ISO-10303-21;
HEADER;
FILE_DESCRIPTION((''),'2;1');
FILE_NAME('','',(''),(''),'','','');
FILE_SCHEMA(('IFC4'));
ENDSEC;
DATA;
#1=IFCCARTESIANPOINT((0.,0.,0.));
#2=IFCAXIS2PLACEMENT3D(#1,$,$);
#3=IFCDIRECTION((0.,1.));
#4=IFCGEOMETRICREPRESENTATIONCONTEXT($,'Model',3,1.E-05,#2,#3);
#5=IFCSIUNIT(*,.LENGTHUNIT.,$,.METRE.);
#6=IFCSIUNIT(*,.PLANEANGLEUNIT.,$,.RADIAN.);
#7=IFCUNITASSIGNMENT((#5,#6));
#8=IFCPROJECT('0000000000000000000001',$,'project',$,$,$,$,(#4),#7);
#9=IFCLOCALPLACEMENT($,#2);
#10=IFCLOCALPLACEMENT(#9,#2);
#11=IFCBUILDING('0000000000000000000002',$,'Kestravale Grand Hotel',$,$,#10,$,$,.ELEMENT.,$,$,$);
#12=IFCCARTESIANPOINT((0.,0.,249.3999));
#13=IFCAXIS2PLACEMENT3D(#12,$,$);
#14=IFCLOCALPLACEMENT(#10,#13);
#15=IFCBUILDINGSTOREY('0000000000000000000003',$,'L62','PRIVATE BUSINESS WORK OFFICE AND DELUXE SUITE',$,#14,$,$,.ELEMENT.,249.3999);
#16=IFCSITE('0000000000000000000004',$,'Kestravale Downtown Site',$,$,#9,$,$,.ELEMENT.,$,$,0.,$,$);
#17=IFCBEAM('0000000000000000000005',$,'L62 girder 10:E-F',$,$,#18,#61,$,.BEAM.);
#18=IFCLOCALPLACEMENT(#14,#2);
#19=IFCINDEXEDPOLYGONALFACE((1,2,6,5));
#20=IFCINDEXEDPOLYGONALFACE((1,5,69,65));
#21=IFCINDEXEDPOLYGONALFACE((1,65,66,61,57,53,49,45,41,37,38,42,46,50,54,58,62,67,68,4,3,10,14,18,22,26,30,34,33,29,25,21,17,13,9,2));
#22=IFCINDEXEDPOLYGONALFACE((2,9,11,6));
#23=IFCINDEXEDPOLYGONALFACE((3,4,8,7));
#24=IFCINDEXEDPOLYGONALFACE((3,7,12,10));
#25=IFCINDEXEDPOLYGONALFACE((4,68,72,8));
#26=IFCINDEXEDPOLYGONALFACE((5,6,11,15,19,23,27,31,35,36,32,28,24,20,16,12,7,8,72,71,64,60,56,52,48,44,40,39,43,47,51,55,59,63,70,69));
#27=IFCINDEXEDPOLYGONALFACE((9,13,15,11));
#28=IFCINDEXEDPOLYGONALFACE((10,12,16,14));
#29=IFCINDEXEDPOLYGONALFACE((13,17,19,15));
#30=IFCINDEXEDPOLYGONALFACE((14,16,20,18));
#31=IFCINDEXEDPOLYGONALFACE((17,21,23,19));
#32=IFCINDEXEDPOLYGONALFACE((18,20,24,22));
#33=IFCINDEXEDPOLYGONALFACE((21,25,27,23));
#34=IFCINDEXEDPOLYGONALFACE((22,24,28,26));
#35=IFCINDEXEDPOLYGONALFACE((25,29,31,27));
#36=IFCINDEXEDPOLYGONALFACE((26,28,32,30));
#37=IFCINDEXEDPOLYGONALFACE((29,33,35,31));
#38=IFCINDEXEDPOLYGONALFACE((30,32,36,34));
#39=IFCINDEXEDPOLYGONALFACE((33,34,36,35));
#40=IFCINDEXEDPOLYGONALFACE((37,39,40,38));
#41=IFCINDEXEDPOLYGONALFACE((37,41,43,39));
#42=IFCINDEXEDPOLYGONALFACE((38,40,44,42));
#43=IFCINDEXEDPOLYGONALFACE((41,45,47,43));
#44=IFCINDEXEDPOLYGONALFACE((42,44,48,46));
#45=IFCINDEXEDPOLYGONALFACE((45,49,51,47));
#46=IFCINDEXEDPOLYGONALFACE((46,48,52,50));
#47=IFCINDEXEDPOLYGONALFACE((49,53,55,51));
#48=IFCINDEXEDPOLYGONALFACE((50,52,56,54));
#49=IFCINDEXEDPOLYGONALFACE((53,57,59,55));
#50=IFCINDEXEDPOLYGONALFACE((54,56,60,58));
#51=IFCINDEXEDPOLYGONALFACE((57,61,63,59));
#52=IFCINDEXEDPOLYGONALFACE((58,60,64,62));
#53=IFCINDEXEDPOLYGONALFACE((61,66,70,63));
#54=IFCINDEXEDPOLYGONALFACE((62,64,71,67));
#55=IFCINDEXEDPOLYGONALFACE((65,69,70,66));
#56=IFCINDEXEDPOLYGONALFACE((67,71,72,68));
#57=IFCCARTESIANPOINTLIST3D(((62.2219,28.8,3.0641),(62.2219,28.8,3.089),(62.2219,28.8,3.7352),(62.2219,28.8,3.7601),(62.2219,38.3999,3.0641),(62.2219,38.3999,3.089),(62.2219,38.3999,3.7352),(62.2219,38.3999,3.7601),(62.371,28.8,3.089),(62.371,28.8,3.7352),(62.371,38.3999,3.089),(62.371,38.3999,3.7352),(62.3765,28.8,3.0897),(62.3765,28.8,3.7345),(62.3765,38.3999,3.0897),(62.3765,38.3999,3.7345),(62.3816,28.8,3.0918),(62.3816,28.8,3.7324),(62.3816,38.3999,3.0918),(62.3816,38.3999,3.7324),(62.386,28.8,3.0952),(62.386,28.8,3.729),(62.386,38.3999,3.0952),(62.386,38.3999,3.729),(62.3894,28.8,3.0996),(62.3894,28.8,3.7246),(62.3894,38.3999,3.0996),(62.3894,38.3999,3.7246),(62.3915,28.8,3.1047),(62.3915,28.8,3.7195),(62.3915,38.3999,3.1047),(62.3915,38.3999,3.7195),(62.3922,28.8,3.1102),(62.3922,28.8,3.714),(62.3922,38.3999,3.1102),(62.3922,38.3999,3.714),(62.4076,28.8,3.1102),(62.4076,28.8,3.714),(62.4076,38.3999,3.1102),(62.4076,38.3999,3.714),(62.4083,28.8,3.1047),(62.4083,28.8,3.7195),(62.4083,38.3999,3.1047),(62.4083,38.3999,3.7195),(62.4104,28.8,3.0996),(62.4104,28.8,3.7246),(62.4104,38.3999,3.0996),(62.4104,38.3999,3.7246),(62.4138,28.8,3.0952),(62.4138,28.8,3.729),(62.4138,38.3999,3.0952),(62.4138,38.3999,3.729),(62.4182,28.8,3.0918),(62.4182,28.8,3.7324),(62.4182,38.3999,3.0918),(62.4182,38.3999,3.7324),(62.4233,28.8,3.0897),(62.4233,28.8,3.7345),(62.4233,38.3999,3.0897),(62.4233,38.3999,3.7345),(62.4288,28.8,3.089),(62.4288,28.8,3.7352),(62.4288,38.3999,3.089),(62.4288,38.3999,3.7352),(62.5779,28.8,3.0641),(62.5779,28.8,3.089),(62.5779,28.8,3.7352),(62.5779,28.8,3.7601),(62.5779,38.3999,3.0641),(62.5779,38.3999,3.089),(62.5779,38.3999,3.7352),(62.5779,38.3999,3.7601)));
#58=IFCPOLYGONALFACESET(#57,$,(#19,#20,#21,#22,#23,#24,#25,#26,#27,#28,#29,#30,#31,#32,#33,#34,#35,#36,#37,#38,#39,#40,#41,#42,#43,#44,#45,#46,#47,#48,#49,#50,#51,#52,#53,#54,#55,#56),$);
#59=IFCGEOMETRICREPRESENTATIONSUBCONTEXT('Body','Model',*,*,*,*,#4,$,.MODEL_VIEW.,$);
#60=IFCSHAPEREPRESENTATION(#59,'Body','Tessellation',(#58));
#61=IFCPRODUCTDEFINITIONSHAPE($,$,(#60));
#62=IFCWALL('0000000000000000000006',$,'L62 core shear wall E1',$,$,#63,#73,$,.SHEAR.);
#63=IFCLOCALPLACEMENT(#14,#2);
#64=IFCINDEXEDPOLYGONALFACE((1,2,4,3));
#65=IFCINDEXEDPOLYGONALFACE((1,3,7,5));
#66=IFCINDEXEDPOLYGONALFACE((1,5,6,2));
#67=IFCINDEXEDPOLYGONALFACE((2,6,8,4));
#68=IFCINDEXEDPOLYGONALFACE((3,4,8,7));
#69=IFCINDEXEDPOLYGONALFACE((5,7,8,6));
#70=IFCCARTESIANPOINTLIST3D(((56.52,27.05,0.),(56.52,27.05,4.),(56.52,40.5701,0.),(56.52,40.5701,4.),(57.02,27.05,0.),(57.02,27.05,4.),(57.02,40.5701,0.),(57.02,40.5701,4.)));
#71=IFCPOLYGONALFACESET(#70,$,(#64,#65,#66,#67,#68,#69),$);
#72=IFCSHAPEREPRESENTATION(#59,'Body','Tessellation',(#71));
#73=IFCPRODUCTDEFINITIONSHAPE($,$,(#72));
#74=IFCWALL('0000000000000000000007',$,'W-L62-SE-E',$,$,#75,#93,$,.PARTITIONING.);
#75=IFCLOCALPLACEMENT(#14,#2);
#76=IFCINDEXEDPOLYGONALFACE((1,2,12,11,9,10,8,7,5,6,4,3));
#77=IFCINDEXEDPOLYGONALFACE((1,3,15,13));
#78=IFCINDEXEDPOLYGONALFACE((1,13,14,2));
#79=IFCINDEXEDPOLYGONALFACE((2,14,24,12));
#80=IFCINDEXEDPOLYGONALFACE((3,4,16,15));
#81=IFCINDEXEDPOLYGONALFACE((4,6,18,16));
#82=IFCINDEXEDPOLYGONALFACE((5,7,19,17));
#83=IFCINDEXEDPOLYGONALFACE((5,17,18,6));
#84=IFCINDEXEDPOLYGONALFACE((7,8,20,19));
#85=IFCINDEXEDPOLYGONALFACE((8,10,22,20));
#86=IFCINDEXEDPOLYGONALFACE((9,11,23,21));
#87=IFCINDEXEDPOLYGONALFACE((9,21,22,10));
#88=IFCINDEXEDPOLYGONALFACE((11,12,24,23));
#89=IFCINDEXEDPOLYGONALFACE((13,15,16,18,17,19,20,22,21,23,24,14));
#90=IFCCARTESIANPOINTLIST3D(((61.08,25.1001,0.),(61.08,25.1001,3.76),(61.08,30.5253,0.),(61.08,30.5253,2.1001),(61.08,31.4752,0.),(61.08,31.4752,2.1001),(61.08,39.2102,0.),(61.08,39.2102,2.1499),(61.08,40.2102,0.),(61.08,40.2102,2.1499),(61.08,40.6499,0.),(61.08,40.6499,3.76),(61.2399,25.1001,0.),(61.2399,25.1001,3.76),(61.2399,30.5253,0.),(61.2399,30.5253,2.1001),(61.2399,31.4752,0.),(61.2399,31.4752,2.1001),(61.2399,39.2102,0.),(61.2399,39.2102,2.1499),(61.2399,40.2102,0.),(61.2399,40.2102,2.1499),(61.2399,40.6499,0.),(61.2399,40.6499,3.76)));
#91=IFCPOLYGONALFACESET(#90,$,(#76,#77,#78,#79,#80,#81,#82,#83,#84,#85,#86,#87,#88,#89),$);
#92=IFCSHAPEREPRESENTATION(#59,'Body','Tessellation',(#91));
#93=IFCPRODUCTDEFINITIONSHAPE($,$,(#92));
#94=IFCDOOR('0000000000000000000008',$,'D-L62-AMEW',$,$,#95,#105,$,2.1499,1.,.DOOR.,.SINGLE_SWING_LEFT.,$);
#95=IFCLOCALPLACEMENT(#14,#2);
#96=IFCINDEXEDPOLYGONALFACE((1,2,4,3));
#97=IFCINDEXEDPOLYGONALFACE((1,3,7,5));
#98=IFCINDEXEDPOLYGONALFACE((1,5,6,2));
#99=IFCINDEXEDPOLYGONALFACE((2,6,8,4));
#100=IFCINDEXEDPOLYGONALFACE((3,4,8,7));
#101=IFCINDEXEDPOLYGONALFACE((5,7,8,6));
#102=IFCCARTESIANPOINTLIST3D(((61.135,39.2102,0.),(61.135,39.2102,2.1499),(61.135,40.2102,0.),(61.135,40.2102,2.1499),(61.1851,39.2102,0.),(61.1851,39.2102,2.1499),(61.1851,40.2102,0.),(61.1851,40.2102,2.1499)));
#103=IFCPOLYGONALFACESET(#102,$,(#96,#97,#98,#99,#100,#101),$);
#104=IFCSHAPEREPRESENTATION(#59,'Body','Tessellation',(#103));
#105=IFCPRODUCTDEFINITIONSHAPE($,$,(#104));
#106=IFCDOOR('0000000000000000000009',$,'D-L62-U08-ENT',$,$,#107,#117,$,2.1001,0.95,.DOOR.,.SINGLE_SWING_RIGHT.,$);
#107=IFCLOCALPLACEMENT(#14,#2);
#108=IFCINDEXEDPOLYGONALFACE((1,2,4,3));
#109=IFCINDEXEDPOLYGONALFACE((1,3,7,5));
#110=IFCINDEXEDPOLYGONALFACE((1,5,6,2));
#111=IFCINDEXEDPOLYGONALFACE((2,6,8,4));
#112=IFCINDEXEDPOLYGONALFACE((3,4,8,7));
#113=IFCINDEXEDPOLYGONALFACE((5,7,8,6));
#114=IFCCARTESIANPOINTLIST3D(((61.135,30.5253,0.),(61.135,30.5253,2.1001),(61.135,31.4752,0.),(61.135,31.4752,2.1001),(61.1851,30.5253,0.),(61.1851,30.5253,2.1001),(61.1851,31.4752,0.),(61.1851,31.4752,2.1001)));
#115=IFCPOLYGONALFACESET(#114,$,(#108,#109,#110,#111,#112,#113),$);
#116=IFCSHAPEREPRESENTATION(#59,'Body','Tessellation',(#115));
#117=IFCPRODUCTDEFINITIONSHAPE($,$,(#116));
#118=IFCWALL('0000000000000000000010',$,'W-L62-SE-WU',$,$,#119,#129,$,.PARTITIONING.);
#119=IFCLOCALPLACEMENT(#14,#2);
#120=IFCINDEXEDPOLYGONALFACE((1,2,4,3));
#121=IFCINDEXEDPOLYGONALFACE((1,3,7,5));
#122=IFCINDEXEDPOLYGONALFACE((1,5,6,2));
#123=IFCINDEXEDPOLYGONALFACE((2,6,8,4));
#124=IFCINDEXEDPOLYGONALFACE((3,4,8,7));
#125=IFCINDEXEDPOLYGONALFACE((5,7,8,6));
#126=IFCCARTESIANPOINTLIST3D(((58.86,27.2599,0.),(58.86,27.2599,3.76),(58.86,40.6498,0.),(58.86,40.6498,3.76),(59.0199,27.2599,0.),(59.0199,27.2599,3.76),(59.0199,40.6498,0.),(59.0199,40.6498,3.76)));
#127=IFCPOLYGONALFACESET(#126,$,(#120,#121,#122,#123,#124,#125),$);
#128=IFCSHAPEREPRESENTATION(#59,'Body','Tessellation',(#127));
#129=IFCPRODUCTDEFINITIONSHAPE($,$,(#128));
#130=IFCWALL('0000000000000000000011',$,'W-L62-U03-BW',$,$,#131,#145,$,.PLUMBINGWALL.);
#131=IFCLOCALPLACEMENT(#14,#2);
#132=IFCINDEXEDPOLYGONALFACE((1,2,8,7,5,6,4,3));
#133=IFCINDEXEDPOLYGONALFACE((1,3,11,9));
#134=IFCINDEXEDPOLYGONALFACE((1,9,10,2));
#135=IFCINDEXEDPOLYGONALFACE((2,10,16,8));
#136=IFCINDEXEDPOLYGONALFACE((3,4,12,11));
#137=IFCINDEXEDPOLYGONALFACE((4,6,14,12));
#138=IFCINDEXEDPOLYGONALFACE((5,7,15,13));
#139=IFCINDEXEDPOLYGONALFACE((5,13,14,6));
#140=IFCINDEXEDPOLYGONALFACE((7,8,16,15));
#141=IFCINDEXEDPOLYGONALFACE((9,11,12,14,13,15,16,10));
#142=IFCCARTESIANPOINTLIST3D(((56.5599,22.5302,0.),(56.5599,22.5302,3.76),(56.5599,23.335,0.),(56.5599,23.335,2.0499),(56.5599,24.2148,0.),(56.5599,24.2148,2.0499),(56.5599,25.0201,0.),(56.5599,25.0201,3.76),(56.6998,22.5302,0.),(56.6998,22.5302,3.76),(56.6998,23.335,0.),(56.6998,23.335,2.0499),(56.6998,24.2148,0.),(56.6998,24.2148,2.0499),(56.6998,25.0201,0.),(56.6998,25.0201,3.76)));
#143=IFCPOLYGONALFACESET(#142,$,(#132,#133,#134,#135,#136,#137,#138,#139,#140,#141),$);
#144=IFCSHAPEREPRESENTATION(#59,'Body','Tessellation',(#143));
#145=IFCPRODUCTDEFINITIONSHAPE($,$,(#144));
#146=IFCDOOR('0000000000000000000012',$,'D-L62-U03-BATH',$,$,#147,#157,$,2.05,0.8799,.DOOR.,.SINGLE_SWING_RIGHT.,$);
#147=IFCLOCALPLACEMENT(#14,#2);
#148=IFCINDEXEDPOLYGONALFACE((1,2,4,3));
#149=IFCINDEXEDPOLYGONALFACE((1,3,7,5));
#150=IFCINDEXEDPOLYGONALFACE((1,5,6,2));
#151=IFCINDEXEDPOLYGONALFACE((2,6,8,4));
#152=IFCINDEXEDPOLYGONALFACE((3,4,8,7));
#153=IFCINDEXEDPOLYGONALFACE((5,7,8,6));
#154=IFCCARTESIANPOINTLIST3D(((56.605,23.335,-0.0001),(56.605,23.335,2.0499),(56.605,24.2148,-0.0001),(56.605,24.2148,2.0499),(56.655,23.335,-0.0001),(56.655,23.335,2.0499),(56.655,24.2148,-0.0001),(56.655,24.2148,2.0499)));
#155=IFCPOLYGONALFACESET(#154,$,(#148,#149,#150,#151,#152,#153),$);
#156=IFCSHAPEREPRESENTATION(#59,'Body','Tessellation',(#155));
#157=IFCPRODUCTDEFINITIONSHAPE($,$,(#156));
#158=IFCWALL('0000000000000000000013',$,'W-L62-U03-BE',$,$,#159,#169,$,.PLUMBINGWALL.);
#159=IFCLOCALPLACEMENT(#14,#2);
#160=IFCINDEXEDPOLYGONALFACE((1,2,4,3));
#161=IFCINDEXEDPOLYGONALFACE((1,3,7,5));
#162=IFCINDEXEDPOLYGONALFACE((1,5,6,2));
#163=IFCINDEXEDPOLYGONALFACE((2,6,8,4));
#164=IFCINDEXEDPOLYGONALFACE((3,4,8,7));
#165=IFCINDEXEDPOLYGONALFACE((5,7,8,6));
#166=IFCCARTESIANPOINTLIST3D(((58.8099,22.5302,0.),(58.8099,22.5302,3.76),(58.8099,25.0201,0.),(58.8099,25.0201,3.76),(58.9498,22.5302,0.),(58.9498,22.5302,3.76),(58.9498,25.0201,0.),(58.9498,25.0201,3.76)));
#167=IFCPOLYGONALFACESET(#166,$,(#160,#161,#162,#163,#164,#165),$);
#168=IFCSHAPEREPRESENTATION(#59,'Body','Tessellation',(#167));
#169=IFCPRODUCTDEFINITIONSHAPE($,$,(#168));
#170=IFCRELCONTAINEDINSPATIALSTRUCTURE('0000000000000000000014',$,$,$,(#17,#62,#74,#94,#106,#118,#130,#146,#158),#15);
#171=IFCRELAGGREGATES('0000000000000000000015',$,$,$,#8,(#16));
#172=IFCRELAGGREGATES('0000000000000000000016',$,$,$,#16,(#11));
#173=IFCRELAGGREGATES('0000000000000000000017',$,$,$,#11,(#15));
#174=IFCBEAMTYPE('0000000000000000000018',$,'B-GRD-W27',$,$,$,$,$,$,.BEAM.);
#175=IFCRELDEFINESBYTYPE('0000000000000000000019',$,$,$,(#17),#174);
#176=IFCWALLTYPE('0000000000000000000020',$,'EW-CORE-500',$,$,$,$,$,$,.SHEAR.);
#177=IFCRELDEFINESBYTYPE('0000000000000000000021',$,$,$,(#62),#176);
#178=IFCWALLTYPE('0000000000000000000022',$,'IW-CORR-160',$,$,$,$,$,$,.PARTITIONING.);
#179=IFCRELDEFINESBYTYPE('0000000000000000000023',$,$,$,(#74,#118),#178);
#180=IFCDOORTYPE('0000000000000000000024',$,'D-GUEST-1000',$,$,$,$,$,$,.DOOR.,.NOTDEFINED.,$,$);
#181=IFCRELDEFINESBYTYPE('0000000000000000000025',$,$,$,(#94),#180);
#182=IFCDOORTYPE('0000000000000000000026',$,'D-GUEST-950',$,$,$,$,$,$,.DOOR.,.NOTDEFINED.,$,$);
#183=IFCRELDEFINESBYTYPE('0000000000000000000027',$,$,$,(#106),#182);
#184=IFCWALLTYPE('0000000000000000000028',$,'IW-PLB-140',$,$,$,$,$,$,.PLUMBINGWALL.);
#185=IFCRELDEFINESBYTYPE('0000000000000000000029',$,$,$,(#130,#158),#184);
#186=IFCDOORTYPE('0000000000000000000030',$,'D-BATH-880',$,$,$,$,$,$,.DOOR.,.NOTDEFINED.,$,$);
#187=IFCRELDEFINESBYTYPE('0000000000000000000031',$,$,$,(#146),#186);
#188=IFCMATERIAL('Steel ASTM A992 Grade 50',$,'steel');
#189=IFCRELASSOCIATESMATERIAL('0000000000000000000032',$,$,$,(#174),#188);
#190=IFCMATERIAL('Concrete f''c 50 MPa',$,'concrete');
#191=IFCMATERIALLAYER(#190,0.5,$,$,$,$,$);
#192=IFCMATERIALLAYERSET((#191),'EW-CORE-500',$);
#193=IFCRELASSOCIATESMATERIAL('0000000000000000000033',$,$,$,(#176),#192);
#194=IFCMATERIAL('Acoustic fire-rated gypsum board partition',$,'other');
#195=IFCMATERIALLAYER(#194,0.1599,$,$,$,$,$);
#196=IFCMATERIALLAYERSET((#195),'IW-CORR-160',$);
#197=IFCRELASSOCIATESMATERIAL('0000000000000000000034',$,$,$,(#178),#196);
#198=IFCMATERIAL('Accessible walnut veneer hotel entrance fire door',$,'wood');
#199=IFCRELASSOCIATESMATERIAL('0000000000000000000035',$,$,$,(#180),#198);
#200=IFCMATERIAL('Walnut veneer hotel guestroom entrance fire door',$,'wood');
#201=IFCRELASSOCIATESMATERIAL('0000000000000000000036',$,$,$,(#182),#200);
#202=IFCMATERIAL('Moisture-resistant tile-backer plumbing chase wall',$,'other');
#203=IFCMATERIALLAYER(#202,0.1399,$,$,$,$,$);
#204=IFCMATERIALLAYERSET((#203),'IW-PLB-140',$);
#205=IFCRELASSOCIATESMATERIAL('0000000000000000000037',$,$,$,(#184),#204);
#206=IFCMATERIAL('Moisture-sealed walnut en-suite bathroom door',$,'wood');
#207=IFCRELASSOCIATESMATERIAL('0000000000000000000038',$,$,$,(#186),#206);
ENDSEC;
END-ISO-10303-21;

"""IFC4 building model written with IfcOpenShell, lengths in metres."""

from ifc_helpers import new_model, si_unit, direction, frame, frame_2d, origin, origin_2d, place, context, subcontext, project, spatial, rectangle, i_section, extrude, material, layer, layer_set, material_profile, profile_set, type_object, element, fill, save


model = new_model("IFC4")

# Units and contexts
model_context = context("Model", 3, precision=1e-05, world=origin(), true_north=direction((0.0, 1.0)))
body_context = subcontext(model_context, "Body", "Model", "MODEL_VIEW")
ifc_project = project(units=[si_unit("LENGTHUNIT", "METRE"), si_unit("PLANEANGLEUNIT", "RADIAN")], contexts=[model_context])

# Site, building, storey
site_placement = place(None, origin())
site = spatial("IfcSite", under=ifc_project, at=site_placement, Name="Kestravale Downtown Site", CompositionType="ELEMENT", RefElevation=0.0)
building_placement = place(site_placement, origin())
building = spatial("IfcBuilding", under=site, at=building_placement, Name="Kestravale Grand Hotel", CompositionType="ELEMENT")
storey_placement = place(building_placement, frame((0.0, 0.0, 249.3999)))
storey = spatial("IfcBuildingStorey", under=building, at=storey_placement, Name="L62", Description="PRIVATE BUSINESS WORK OFFICE AND DELUXE SUITE", CompositionType="ELEMENT", Elevation=249.3999)

# Beam
ifc_material_1 = material(Name="Steel ASTM A992 Grade 50", Category="steel")
ifc_material_profile_1 = material_profile(ifc_material_1, i_section(OverallWidth=0.356, OverallDepth=0.696, WebThickness=0.0154, FlangeThickness=0.0249, FilletRadius=0.0212, at=origin_2d()))
ifc_profile_set_1 = profile_set([ifc_material_profile_1], Name="Steel ASTM A992 Grade 50")
beam_type = type_object("IfcBeamType", Name="B-GRD-W27", PredefinedType="BEAM", material=ifc_profile_set_1)
beam_1_placement = place(storey_placement, frame((62.3999, 28.8, 3.4121), z_axis=(0.0, 1.0, 0.0), x_axis=(-1.0, 0.0, 0.0)))
element("IfcBeam", 1, at=beam_1_placement, inside=storey, type_object=beam_type, Name="L62 girder 10:E-F", PredefinedType="BEAM", context=body_context, shape_type="SweptSolid", body=[
    extrude(i_section(OverallWidth=0.356, OverallDepth=0.696, WebThickness=0.0154, FlangeThickness=0.0249, FilletRadius=0.0212, at=origin_2d()), origin(), (0.0, 0.0, 1.0), 9.5999),
])

# Wall
ifc_material_2 = material(Name="Concrete f'c 50 MPa", Category="concrete")
ifc_layer_1 = layer(ifc_material_2, 0.5)
ifc_layer_set_1 = layer_set([ifc_layer_1], Name="EW-CORE-500")
wall_type_1 = type_object("IfcWallType", Name="EW-CORE-500", PredefinedType="SHEAR", material=ifc_layer_set_1)
wall_1_placement = place(storey_placement, frame((56.77, 27.05, 0.0), z_axis=(0.0, 0.0, 1.0), x_axis=(0.0, 1.0, 0.0)))
element("IfcWall", 2, at=wall_1_placement, inside=storey, type_object=wall_type_1, Name="L62 core shear wall E1", PredefinedType="SHEAR", context=body_context, shape_type="SweptSolid", body=[
    extrude(rectangle(XDim=13.52, YDim=0.5, at=frame_2d((6.76, 0.0))), origin(), (0.0, 0.0, 1.0), 4.0),
])

# Wall, openings, doors
ifc_material_3 = material(Name="Acoustic fire-rated gypsum board partition", Category="other")
ifc_layer_2 = layer(ifc_material_3, 0.1599)
ifc_layer_set_2 = layer_set([ifc_layer_2], Name="IW-CORR-160")
wall_type_2 = type_object("IfcWallType", Name="IW-CORR-160", PredefinedType="PARTITIONING", material=ifc_layer_set_2)
wall_2_placement = place(storey_placement, frame((61.1599, 25.1001, 0.0), z_axis=(0.0, 0.0, 1.0), x_axis=(0.0, 1.0, 0.0)))
wall_2 = element("IfcWall", 3, at=wall_2_placement, inside=storey, type_object=wall_type_2, Name="W-L62-SE-E", PredefinedType="PARTITIONING", context=body_context, shape_type="SweptSolid", body=[
    extrude(rectangle(XDim=15.5498, YDim=0.1599, at=frame_2d((7.7749, 0.0))), origin(), (0.0, 0.0, 1.0), 3.76),
])
opening_1_placement = place(wall_2_placement, frame((5.425, 0.0, 0.0)))
opening_1 = element("IfcOpeningElement", 4, at=opening_1_placement, cuts=wall_2, PredefinedType="OPENING", context=body_context, shape_type="SweptSolid", body=[
    extrude(rectangle(XDim=0.95, YDim=2.1001, at=frame_2d((0.4751, 1.05))), frame((0.0, 0.0898, 0.0), z_axis=(0.0, -1.0, 0.0), x_axis=(1.0, 0.0, 0.0)), (0.0, 0.0, 1.0), 0.1799),
])
opening_2_placement = place(wall_2_placement, frame((14.1101, 0.0, 0.0)))
opening_2 = element("IfcOpeningElement", 5, at=opening_2_placement, cuts=wall_2, PredefinedType="OPENING", context=body_context, shape_type="SweptSolid", body=[
    extrude(rectangle(XDim=1.0, YDim=2.1499, at=frame_2d((0.5, 1.075))), frame((0.0, 0.0898, 0.0), z_axis=(0.0, -1.0, 0.0), x_axis=(1.0, 0.0, 0.0)), (0.0, 0.0, 1.0), 0.1799),
])
ifc_material_4 = material(Name="Accessible walnut veneer hotel entrance fire door", Category="wood")
door_type_1 = type_object("IfcDoorType", Name="D-GUEST-1000", OperationType="NOTDEFINED", PredefinedType="DOOR", material=ifc_material_4)
door_1_placement = place(opening_2_placement, origin())
door_1 = element("IfcDoor", 6, at=door_1_placement, inside=storey, type_object=door_type_1, Name="D-L62-AMEW", OperationType="SINGLE_SWING_LEFT", OverallHeight=2.1499, OverallWidth=1.0, PredefinedType="DOOR", context=body_context, shape_type="SweptSolid", body=[
    extrude(rectangle(XDim=1.0, YDim=2.1499, at=frame_2d((0.5, 1.075))), frame((0.0, 0.0249, 0.0), z_axis=(0.0, -1.0, 0.0), x_axis=(1.0, 0.0, 0.0)), (0.0, 0.0, 1.0), 0.05),
])
fill(opening_2, door_1)
ifc_material_5 = material(Name="Walnut veneer hotel guestroom entrance fire door", Category="wood")
door_type_2 = type_object("IfcDoorType", Name="D-GUEST-950", OperationType="NOTDEFINED", PredefinedType="DOOR", material=ifc_material_5)
door_2_placement = place(opening_1_placement, origin())
door_2 = element("IfcDoor", 7, at=door_2_placement, inside=storey, type_object=door_type_2, Name="D-L62-U08-ENT", OperationType="SINGLE_SWING_RIGHT", OverallHeight=2.1001, OverallWidth=0.95, PredefinedType="DOOR", context=body_context, shape_type="SweptSolid", body=[
    extrude(rectangle(XDim=0.95, YDim=2.1001, at=frame_2d((0.4751, 1.05))), frame((0.0, 0.0249, 0.0), z_axis=(0.0, -1.0, 0.0), x_axis=(1.0, 0.0, 0.0)), (0.0, 0.0, 1.0), 0.05),
])
fill(opening_1, door_2)

# Wall
wall_3_placement = place(storey_placement, frame((58.9399, 27.26, 0.0), z_axis=(0.0, 0.0, 1.0), x_axis=(0.0, 1.0, 0.0)))
element("IfcWall", 8, at=wall_3_placement, inside=storey, type_object=wall_type_2, Name="W-L62-SE-WU", PredefinedType="PARTITIONING", context=body_context, shape_type="SweptSolid", body=[
    extrude(rectangle(XDim=13.3899, YDim=0.1599, at=frame_2d((6.6948, 0.0))), origin(), (0.0, 0.0, 1.0), 3.76),
])

# Wall, opening, door
ifc_material_6 = material(Name="Moisture-resistant tile-backer plumbing chase wall", Category="other")
ifc_layer_3 = layer(ifc_material_6, 0.1399)
ifc_layer_set_3 = layer_set([ifc_layer_3], Name="IW-PLB-140")
wall_type_3 = type_object("IfcWallType", Name="IW-PLB-140", PredefinedType="PLUMBINGWALL", material=ifc_layer_set_3)
wall_4_placement = place(storey_placement, frame((56.6299, 22.53, 0.0), z_axis=(0.0, 0.0, 1.0), x_axis=(0.0, 1.0, 0.0)))
wall_4 = element("IfcWall", 9, at=wall_4_placement, inside=storey, type_object=wall_type_3, Name="W-L62-U03-BW", PredefinedType="PLUMBINGWALL", context=body_context, shape_type="SweptSolid", body=[
    extrude(rectangle(XDim=2.49, YDim=0.1399, at=frame_2d((1.2451, 0.0))), origin(), (0.0, 0.0, 1.0), 3.76),
])
opening_3_placement = place(wall_4_placement, frame((0.8049, 0.0, 0.0)))
opening_3 = element("IfcOpeningElement", 10, at=opening_3_placement, cuts=wall_4, PredefinedType="OPENING", context=body_context, shape_type="SweptSolid", body=[
    extrude(rectangle(XDim=0.8799, YDim=2.05, at=frame_2d((0.4399, 1.0249))), frame((0.0, 0.0798, 0.0), z_axis=(0.0, -1.0, 0.0), x_axis=(1.0, 0.0, 0.0)), (0.0, 0.0, 1.0), 0.1599),
])
ifc_material_7 = material(Name="Moisture-sealed walnut en-suite bathroom door", Category="wood")
door_type_3 = type_object("IfcDoorType", Name="D-BATH-880", OperationType="NOTDEFINED", PredefinedType="DOOR", material=ifc_material_7)
door_3_placement = place(opening_3_placement, origin())
door_3 = element("IfcDoor", 11, at=door_3_placement, inside=storey, type_object=door_type_3, Name="D-L62-U03-BATH", OperationType="SINGLE_SWING_RIGHT", OverallHeight=2.05, OverallWidth=0.8799, PredefinedType="DOOR", context=body_context, shape_type="SweptSolid", body=[
    extrude(rectangle(XDim=0.8799, YDim=2.05, at=frame_2d((0.4399, 1.0249))), frame((0.0, 0.0249, 0.0), z_axis=(0.0, -1.0, 0.0), x_axis=(1.0, 0.0, 0.0)), (0.0, 0.0, 1.0), 0.05),
])
fill(opening_3, door_3)

# Wall
wall_5_placement = place(storey_placement, frame((58.8799, 22.53, 0.0), z_axis=(0.0, 0.0, 1.0), x_axis=(0.0, 1.0, 0.0)))
element("IfcWall", 12, at=wall_5_placement, inside=storey, type_object=wall_type_3, Name="W-L62-U03-BE", PredefinedType="PLUMBINGWALL", context=body_context, shape_type="SweptSolid", body=[
    extrude(rectangle(XDim=2.49, YDim=0.1399, at=frame_2d((1.2451, 0.0))), origin(), (0.0, 0.0, 1.0), 3.76),
])

save(model, "model.ifc")
